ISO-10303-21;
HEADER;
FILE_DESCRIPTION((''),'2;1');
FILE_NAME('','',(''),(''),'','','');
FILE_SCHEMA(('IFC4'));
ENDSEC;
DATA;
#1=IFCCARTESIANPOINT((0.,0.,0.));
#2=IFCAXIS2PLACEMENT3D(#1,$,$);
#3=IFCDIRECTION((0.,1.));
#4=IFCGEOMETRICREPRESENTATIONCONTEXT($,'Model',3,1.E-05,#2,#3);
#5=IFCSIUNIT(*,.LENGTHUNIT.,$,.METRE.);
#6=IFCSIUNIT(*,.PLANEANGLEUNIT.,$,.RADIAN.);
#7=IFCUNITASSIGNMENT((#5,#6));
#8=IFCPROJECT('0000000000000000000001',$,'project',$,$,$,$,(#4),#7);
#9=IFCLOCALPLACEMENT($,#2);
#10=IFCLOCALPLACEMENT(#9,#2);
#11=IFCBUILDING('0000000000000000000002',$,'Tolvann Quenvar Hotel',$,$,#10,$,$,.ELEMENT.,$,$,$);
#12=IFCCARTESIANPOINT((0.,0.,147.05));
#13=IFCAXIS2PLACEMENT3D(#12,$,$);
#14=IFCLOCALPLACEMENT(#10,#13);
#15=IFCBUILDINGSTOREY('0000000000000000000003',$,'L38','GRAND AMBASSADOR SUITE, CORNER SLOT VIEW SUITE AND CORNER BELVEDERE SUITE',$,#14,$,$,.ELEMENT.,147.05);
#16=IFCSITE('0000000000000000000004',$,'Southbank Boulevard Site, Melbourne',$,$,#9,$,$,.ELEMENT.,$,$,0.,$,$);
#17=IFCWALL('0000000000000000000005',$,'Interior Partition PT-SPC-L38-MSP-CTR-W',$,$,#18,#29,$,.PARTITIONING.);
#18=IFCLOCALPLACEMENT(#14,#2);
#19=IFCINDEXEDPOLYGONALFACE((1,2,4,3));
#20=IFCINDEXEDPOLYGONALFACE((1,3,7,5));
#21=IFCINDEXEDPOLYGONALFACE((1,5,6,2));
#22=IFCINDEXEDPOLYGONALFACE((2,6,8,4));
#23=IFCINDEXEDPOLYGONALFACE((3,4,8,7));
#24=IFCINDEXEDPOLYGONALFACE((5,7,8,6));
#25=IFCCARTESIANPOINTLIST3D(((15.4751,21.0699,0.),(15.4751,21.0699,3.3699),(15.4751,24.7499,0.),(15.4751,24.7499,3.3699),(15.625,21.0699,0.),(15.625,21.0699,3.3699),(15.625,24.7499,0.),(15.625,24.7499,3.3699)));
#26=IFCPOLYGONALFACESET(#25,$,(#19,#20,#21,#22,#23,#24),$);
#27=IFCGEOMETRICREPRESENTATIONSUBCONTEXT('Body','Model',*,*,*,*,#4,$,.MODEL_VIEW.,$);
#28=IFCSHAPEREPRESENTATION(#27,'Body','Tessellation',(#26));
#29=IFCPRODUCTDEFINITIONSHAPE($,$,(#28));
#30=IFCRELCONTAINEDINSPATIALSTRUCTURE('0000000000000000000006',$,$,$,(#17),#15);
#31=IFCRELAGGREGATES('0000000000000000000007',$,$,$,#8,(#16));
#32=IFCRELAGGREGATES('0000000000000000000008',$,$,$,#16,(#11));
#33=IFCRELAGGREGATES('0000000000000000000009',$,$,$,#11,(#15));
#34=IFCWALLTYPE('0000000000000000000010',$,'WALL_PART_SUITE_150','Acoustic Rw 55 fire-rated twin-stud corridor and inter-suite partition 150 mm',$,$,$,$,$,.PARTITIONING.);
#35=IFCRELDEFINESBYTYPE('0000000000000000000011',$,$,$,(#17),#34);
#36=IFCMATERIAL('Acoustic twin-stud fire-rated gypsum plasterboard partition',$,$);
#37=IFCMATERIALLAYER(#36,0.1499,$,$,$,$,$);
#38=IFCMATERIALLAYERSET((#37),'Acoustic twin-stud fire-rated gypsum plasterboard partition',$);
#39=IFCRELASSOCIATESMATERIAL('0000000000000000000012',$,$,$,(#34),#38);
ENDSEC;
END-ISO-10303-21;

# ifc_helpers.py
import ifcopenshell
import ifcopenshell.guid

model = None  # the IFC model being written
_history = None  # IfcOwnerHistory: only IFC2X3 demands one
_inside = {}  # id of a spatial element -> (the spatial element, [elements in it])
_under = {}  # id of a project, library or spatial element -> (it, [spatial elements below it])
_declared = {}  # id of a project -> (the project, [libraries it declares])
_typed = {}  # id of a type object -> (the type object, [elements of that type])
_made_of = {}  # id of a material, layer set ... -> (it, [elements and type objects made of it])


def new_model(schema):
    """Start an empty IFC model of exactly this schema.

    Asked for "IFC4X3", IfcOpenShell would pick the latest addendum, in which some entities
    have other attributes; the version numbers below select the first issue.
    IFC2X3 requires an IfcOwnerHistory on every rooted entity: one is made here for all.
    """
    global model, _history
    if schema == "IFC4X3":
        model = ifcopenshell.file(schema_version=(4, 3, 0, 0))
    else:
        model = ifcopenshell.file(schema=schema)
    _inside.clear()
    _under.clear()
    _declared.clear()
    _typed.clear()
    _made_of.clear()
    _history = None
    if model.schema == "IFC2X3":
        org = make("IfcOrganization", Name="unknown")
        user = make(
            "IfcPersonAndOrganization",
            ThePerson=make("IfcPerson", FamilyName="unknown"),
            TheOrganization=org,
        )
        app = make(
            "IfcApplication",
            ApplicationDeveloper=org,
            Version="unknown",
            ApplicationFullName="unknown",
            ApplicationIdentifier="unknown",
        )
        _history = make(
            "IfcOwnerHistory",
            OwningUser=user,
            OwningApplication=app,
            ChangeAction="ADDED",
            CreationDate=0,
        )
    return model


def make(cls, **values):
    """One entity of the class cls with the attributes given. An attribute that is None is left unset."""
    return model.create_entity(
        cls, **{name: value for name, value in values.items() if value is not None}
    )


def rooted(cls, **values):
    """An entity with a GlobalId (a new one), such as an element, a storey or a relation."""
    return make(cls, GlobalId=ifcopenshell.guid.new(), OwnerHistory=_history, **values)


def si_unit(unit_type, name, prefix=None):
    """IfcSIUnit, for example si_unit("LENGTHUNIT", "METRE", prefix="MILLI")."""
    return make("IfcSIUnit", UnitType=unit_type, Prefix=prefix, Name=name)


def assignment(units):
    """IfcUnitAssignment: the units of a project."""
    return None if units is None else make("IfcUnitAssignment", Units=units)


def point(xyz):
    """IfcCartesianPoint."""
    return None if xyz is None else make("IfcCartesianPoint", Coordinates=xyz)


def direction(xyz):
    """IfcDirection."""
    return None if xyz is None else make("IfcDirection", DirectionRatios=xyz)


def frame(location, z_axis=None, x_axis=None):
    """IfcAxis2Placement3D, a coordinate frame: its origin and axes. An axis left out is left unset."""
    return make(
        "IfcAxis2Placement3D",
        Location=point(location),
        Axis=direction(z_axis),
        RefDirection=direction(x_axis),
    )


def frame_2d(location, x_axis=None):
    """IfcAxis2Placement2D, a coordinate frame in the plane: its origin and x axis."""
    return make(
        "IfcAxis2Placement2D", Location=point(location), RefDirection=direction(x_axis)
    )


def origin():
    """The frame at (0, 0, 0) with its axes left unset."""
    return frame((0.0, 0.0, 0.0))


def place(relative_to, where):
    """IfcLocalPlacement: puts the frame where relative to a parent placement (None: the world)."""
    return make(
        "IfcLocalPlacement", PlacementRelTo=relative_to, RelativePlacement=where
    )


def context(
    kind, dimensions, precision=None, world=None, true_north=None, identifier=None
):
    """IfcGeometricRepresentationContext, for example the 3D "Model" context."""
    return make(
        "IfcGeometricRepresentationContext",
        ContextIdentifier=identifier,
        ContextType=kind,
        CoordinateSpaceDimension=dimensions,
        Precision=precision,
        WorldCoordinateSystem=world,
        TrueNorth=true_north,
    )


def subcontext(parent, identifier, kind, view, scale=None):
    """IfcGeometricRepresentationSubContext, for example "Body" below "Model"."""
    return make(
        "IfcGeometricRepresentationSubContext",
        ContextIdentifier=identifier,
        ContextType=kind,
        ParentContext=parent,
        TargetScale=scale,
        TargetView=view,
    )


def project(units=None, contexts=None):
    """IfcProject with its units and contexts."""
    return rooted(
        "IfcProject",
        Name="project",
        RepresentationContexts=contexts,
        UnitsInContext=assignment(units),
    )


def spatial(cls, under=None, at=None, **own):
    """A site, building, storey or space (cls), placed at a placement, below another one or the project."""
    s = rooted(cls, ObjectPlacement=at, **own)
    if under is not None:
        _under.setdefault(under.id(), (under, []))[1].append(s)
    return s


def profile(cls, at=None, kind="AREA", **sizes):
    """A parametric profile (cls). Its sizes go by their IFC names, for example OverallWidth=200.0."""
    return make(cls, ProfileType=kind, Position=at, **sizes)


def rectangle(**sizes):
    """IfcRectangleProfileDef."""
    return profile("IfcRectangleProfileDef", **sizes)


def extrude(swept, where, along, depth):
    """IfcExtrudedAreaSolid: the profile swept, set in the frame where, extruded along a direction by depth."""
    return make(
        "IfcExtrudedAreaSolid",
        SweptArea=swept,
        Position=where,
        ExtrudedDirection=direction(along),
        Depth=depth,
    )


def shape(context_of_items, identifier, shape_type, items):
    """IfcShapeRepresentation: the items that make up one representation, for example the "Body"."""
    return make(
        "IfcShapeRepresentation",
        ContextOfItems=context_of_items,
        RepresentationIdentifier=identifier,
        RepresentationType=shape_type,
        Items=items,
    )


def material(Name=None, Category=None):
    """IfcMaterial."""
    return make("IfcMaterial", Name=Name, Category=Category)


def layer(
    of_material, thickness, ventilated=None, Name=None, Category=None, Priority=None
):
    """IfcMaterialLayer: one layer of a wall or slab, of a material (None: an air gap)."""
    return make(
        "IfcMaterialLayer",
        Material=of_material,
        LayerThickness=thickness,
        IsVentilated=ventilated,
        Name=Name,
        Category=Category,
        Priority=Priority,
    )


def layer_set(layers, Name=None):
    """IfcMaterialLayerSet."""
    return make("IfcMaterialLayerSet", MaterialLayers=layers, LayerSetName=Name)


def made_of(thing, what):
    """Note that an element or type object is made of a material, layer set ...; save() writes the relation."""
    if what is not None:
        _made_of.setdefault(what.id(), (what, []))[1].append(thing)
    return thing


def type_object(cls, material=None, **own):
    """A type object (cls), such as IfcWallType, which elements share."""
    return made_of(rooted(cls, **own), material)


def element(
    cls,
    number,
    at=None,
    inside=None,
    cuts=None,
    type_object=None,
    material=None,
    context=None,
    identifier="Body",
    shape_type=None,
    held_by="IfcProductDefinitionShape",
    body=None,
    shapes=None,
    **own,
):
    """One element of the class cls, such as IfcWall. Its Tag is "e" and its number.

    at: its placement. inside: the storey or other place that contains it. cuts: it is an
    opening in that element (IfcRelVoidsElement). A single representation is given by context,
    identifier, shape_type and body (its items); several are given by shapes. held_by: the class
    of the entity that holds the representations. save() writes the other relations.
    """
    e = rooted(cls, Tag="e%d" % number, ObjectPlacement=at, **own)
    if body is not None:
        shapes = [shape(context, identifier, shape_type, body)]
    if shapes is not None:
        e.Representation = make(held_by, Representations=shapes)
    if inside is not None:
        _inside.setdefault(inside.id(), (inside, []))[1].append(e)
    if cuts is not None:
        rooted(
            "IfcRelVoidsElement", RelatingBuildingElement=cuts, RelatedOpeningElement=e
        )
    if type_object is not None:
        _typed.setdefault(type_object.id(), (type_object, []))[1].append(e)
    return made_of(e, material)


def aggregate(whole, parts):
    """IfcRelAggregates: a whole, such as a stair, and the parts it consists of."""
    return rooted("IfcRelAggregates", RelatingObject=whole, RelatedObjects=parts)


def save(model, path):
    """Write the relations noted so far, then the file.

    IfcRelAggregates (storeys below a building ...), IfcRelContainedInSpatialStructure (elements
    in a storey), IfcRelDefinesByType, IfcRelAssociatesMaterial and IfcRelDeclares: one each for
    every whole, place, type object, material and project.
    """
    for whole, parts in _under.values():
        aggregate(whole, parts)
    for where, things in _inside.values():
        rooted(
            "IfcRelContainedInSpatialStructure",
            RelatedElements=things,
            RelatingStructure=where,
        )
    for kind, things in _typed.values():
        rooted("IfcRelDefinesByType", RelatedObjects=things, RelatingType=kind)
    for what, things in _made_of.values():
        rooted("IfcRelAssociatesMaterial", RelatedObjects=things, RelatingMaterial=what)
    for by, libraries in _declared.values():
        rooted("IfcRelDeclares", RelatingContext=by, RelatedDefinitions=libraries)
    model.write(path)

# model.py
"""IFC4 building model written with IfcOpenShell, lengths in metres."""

from ifc_helpers import new_model, si_unit, direction, frame, frame_2d, origin, place, context, subcontext, project, spatial, rectangle, extrude, material, layer, layer_set, type_object, element, save


model = new_model("IFC4")

# Units and contexts
model_context = context("Model", 3, precision=1e-05, world=origin(), true_north=direction((0.0, 1.0)))
body_context = subcontext(model_context, "Body", "Model", "MODEL_VIEW")
ifc_project = project(units=[si_unit("LENGTHUNIT", "METRE"), si_unit("PLANEANGLEUNIT", "RADIAN")], contexts=[model_context])

# Site, building, storey
site_placement = place(None, origin())
site = spatial("IfcSite", under=ifc_project, at=site_placement, Name="Southbank Boulevard Site, Melbourne", CompositionType="ELEMENT", RefElevation=0.0)
building_placement = place(site_placement, origin())
building = spatial("IfcBuilding", under=site, at=building_placement, Name="Tolvann Quenvar Hotel", CompositionType="ELEMENT")
storey_placement = place(building_placement, frame((0.0, 0.0, 147.05)))
storey = spatial("IfcBuildingStorey", under=building, at=storey_placement, Name="L38", Description="GRAND AMBASSADOR SUITE, CORNER SLOT VIEW SUITE AND CORNER BELVEDERE SUITE", CompositionType="ELEMENT", Elevation=147.05)

# Shared definitions
ifc_material_1 = material(Name="Acoustic twin-stud fire-rated gypsum plasterboard partition")

# Shared definitions
ifc_layer_1 = layer(ifc_material_1, 0.1499)
ifc_layer_set_1 = layer_set([ifc_layer_1], Name="Acoustic twin-stud fire-rated gypsum plasterboard partition")
wall_type_1 = type_object("IfcWallType", Name="WALL_PART_SUITE_150", Description="Acoustic Rw 55 fire-rated twin-stud corridor and inter-suite partition 150 mm", PredefinedType="PARTITIONING", material=ifc_layer_set_1)

# Wall
wall_1_placement = place(storey_placement, frame((15.55, 21.0701, 0.0), z_axis=(0.0, 0.0, 1.0), x_axis=(0.0, 1.0, 0.0)))
element("IfcWall", 1, at=wall_1_placement, inside=storey, type_object=wall_type_1, Name="Interior Partition PT-SPC-L38-MSP-CTR-W", PredefinedType="PARTITIONING", context=body_context, shape_type="SweptSolid", body=[
    extrude(rectangle(XDim=3.6799, YDim=0.1499, at=frame_2d((1.8398, 0.0))), origin(), (0.0, 0.0, 1.0), 3.3699),
])

save(model, "model.ifc")
